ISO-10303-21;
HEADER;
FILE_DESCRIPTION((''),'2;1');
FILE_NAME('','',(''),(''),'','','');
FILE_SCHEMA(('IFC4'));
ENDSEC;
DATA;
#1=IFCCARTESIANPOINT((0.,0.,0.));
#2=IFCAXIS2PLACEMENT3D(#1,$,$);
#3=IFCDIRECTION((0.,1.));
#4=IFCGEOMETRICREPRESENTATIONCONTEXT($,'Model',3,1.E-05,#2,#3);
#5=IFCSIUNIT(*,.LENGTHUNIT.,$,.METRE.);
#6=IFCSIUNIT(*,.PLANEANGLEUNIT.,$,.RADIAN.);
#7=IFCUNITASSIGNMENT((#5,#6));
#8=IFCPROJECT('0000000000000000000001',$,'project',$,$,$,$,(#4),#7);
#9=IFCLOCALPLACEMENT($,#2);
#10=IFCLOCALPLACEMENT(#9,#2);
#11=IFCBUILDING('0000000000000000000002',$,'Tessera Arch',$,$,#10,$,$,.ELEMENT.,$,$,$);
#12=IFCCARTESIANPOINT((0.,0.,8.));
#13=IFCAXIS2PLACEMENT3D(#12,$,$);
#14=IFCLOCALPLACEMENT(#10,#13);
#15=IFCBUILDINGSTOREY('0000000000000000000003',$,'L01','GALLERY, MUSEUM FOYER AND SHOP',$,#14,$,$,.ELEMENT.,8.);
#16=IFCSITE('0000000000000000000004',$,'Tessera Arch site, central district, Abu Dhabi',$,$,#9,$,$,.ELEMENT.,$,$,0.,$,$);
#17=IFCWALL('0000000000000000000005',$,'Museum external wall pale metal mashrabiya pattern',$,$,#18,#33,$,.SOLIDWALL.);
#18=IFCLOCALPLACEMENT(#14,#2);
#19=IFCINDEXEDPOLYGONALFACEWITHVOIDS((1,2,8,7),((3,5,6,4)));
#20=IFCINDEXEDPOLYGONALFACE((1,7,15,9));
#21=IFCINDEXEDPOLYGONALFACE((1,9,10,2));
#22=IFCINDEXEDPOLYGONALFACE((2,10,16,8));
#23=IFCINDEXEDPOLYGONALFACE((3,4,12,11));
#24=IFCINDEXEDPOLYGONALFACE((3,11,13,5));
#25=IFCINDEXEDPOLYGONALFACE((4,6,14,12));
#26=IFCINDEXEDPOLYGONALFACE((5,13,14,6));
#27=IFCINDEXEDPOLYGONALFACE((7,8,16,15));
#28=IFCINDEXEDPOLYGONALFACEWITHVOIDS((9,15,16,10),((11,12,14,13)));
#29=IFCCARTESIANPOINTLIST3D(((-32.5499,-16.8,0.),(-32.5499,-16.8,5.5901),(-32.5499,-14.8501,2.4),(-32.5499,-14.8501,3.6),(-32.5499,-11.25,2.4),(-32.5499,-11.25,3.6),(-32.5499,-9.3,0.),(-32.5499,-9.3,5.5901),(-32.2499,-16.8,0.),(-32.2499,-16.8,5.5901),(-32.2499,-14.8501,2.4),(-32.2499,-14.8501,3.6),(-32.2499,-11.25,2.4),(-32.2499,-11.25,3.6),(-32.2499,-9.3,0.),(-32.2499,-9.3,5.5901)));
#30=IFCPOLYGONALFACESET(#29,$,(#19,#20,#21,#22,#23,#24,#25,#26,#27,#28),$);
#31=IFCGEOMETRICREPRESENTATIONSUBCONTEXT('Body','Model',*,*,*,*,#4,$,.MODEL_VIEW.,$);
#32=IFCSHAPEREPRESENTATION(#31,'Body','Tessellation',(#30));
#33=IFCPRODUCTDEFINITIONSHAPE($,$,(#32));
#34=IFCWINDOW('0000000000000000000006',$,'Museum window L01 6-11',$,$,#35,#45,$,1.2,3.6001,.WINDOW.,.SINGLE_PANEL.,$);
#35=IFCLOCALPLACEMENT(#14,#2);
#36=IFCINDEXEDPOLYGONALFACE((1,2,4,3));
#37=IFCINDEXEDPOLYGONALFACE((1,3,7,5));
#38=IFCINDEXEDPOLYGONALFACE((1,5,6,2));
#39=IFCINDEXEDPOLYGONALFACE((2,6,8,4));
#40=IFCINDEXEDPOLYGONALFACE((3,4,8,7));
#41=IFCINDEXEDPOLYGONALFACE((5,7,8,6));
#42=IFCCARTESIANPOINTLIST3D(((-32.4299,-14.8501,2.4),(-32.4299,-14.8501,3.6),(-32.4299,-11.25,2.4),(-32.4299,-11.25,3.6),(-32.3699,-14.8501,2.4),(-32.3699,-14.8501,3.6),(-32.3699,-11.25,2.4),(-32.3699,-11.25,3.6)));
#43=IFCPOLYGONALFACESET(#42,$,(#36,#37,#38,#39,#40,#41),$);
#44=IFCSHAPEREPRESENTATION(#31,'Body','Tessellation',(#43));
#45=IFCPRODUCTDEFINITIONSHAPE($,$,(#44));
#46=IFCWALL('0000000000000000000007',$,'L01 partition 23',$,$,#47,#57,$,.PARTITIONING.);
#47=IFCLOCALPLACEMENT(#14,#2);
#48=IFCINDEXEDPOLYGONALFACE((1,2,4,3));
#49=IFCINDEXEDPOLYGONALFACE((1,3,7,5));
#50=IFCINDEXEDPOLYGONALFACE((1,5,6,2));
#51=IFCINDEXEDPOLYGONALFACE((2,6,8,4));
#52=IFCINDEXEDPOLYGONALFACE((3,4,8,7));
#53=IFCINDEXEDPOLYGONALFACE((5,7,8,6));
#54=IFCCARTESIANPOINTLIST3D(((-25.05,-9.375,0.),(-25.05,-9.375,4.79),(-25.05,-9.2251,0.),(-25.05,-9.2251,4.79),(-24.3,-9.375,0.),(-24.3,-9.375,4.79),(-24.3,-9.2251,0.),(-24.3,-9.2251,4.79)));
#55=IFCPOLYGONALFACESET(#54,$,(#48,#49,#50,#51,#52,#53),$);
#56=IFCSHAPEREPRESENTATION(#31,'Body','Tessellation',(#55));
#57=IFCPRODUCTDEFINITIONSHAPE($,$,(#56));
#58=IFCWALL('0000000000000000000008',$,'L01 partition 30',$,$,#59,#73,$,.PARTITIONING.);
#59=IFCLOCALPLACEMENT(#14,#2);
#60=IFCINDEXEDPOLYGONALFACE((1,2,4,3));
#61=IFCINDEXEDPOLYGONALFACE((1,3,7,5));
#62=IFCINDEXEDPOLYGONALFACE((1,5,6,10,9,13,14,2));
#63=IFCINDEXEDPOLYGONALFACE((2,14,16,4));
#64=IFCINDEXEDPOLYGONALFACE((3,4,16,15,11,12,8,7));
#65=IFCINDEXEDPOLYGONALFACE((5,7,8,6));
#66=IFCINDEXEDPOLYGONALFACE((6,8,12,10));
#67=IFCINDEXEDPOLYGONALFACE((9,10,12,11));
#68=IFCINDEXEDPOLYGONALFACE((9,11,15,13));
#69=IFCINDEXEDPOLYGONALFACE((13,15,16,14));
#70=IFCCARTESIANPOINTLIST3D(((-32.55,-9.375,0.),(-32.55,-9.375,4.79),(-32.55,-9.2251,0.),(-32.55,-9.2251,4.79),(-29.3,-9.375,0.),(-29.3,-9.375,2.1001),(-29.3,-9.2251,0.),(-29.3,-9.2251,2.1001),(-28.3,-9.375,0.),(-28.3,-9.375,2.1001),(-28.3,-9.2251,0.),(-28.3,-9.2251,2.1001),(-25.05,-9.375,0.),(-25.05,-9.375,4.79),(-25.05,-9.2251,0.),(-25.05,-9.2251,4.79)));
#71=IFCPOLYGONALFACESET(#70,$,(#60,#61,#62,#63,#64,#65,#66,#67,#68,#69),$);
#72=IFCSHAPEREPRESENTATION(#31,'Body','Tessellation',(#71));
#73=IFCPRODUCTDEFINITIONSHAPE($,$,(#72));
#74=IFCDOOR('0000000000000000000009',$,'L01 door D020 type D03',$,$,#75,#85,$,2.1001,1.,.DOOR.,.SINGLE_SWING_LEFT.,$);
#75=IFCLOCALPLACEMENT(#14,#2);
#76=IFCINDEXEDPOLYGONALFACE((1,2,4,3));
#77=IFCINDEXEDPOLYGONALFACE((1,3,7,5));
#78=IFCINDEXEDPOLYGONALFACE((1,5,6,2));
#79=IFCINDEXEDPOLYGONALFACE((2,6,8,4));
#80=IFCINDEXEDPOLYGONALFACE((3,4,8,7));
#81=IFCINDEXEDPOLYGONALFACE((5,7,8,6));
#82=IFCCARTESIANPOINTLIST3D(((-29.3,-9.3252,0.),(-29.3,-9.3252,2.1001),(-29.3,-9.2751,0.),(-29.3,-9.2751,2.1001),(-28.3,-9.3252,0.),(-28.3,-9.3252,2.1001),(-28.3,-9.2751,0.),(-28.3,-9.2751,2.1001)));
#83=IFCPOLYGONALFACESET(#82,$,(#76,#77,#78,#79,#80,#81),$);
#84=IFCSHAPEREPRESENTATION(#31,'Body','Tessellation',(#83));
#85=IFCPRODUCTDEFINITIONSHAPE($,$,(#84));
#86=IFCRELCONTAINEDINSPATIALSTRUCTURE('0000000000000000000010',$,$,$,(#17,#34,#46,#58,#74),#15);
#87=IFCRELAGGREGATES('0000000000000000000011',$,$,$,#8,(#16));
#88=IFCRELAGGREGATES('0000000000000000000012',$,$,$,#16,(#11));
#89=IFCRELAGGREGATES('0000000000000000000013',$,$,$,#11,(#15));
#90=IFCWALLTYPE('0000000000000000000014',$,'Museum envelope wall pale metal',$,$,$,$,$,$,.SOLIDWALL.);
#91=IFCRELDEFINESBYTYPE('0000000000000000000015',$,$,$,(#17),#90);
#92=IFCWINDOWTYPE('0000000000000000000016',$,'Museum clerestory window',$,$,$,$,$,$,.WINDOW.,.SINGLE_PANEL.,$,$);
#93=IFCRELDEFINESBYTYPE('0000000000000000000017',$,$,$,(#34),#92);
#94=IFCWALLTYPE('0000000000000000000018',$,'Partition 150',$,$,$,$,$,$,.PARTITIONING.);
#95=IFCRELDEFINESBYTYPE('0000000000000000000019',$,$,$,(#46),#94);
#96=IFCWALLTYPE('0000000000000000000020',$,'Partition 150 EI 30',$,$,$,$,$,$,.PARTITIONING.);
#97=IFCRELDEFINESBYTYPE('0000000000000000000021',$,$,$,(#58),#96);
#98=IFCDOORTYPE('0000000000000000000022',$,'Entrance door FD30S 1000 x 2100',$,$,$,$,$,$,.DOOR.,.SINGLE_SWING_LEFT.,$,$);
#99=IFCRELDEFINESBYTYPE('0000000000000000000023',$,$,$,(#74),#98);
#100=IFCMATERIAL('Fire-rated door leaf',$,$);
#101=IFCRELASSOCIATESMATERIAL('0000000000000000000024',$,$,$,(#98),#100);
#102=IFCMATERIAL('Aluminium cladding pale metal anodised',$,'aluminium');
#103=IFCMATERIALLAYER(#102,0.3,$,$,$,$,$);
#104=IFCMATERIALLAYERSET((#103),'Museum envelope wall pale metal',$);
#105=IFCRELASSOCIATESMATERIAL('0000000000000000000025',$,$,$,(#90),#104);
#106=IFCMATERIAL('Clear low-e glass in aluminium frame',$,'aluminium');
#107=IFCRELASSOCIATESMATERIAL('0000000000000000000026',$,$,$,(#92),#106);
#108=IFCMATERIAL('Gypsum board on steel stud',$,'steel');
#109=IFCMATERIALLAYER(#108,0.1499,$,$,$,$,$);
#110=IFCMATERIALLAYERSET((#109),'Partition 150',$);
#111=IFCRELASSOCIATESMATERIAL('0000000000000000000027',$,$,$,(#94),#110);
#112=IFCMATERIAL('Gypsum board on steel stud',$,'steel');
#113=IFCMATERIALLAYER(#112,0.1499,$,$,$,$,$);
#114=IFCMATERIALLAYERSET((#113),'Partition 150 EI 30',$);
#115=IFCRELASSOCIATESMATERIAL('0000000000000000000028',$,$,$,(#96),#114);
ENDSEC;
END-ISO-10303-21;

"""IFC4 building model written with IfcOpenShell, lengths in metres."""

from ifc_helpers import new_model, si_unit, direction, frame, frame_2d, origin, place, context, subcontext, project, spatial, rectangle, extrude, material, layer, layer_set, type_object, element, fill, save


model = new_model("IFC4")

# Units and contexts
model_context = context("Model", 3, precision=1e-05, world=origin(), true_north=direction((0.0, 1.0)))
body_context = subcontext(model_context, "Body", "Model", "MODEL_VIEW")
ifc_project = project(units=[si_unit("LENGTHUNIT", "METRE"), si_unit("PLANEANGLEUNIT", "RADIAN")], contexts=[model_context])

# Site, building, storey
site_placement = place(None, origin())
site = spatial("IfcSite", under=ifc_project, at=site_placement, Name="Tessera Arch site, central district, Abu Dhabi", CompositionType="ELEMENT", RefElevation=0.0)
building_placement = place(site_placement, origin())
building = spatial("IfcBuilding", under=site, at=building_placement, Name="Tessera Arch", CompositionType="ELEMENT")
storey_placement = place(building_placement, frame((0.0, 0.0, 8.0)))
storey = spatial("IfcBuildingStorey", under=building, at=storey_placement, Name="L01", Description="GALLERY, MUSEUM FOYER AND SHOP", CompositionType="ELEMENT", Elevation=8.0)

# Shared definitions
ifc_material_1 = material(Name="Fire-rated door leaf")
door_type = type_object("IfcDoorType", Name="Entrance door FD30S 1000 x 2100", OperationType="SINGLE_SWING_LEFT", PredefinedType="DOOR", material=ifc_material_1)

# Wall, opening, window
ifc_material_2 = material(Name="Aluminium cladding pale metal anodised", Category="aluminium")
ifc_layer_1 = layer(ifc_material_2, 0.3)
ifc_layer_set_1 = layer_set([ifc_layer_1], Name="Museum envelope wall pale metal")
wall_type_1 = type_object("IfcWallType", Name="Museum envelope wall pale metal", PredefinedType="SOLIDWALL", material=ifc_layer_set_1)
ifc_material_3 = material(Name="Clear low-e glass in aluminium frame", Category="aluminium")
window_type = type_object("IfcWindowType", Name="Museum clerestory window", PartitioningType="SINGLE_PANEL", PredefinedType="WINDOW", material=ifc_material_3)
wall_1_placement = place(storey_placement, frame((-32.3999, -9.3, 0.0), z_axis=(0.0, 0.0, 1.0), x_axis=(0.0, -1.0, 0.0)))
wall_1 = element("IfcWall", 1, at=wall_1_placement, inside=storey, type_object=wall_type_1, Name="Museum external wall pale metal mashrabiya pattern", PredefinedType="SOLIDWALL", context=body_context, shape_type="SweptSolid", body=[
    extrude(rectangle(XDim=7.5, YDim=0.3, at=frame_2d((3.75, 0.0))), origin(), (0.0, 0.0, 1.0), 5.5901),
])
opening_1_placement = place(wall_1_placement, frame((1.95, 0.0, 2.3999)))
opening_1 = element("IfcOpeningElement", 2, at=opening_1_placement, cuts=wall_1, PredefinedType="OPENING", context=body_context, shape_type="SweptSolid", body=[
    extrude(rectangle(XDim=3.6001, YDim=1.2, at=frame_2d((1.8, 0.6001))), frame((0.0, 0.1599, 0.0), z_axis=(0.0, -1.0, 0.0), x_axis=(1.0, 0.0, 0.0)), (0.0, 0.0, 1.0), 0.3201),
])
window_1_placement = place(opening_1_placement, origin())
window_1 = element("IfcWindow", 3, at=window_1_placement, inside=storey, type_object=window_type, Name="Museum window L01 6-11", OverallHeight=1.2, OverallWidth=3.6001, PartitioningType="SINGLE_PANEL", PredefinedType="WINDOW", context=body_context, shape_type="SweptSolid", body=[
    extrude(rectangle(XDim=3.6001, YDim=1.2, at=frame_2d((1.8, 0.6001))), frame((0.0, 0.03, 0.0), z_axis=(0.0, -1.0, 0.0), x_axis=(1.0, 0.0, 0.0)), (0.0, 0.0, 1.0), 0.0601),
])
fill(opening_1, window_1)

# Wall
ifc_material_4 = material(Name="Gypsum board on steel stud", Category="steel")
ifc_layer_2 = layer(ifc_material_4, 0.1499)
ifc_layer_set_2 = layer_set([ifc_layer_2], Name="Partition 150")
wall_type_2 = type_object("IfcWallType", Name="Partition 150", PredefinedType="PARTITIONING", material=ifc_layer_set_2)
wall_2_placement = place(storey_placement, frame((-25.05, -9.3, 0.0), z_axis=(0.0, 0.0, 1.0), x_axis=(1.0, 0.0, 0.0)))
element("IfcWall", 4, at=wall_2_placement, inside=storey, type_object=wall_type_2, Name="L01 partition 23", PredefinedType="PARTITIONING", context=body_context, shape_type="SweptSolid", body=[
    extrude(rectangle(XDim=0.75, YDim=0.1499, at=frame_2d((0.375, 0.0))), origin(), (0.0, 0.0, 1.0), 4.79),
])

# Wall, opening, door
ifc_material_5 = material(Name="Gypsum board on steel stud", Category="steel")
ifc_layer_3 = layer(ifc_material_5, 0.1499)
ifc_layer_set_3 = layer_set([ifc_layer_3], Name="Partition 150 EI 30")
wall_type_3 = type_object("IfcWallType", Name="Partition 150 EI 30", PredefinedType="PARTITIONING", material=ifc_layer_set_3)
wall_3_placement = place(storey_placement, frame((-32.55, -9.3, 0.0), z_axis=(0.0, 0.0, 1.0), x_axis=(1.0, 0.0, 0.0)))
wall_3 = element("IfcWall", 5, at=wall_3_placement, inside=storey, type_object=wall_type_3, Name="L01 partition 30", PredefinedType="PARTITIONING", context=body_context, shape_type="SweptSolid", body=[
    extrude(rectangle(XDim=7.5, YDim=0.1499, at=frame_2d((3.75, 0.0))), origin(), (0.0, 0.0, 1.0), 4.79),
])
opening_2_placement = place(wall_3_placement, frame((3.25, 0.0, 0.0)))
opening_2 = element("IfcOpeningElement", 6, at=opening_2_placement, cuts=wall_3, PredefinedType="OPENING", context=body_context, shape_type="SweptSolid", body=[
    extrude(rectangle(XDim=1.0, YDim=2.1001, at=frame_2d((0.5, 1.05))), frame((0.0, 0.085, 0.0), z_axis=(0.0, -1.0, 0.0), x_axis=(1.0, 0.0, 0.0)), (0.0, 0.0, 1.0), 0.1699),
])
door_1_placement = place(opening_2_placement, origin())
door_1 = element("IfcDoor", 7, at=door_1_placement, inside=storey, type_object=door_type, Name="L01 door D020 type D03", OperationType="SINGLE_SWING_LEFT", OverallHeight=2.1001, OverallWidth=1.0, PredefinedType="DOOR", context=body_context, shape_type="SweptSolid", body=[
    extrude(rectangle(XDim=1.0, YDim=2.1001, at=frame_2d((0.5, 1.05))), frame((0.0, 0.0249, 0.0), z_axis=(0.0, -1.0, 0.0), x_axis=(1.0, 0.0, 0.0)), (0.0, 0.0, 1.0), 0.05),
])
fill(opening_2, door_1)

save(model, "model.ifc")
